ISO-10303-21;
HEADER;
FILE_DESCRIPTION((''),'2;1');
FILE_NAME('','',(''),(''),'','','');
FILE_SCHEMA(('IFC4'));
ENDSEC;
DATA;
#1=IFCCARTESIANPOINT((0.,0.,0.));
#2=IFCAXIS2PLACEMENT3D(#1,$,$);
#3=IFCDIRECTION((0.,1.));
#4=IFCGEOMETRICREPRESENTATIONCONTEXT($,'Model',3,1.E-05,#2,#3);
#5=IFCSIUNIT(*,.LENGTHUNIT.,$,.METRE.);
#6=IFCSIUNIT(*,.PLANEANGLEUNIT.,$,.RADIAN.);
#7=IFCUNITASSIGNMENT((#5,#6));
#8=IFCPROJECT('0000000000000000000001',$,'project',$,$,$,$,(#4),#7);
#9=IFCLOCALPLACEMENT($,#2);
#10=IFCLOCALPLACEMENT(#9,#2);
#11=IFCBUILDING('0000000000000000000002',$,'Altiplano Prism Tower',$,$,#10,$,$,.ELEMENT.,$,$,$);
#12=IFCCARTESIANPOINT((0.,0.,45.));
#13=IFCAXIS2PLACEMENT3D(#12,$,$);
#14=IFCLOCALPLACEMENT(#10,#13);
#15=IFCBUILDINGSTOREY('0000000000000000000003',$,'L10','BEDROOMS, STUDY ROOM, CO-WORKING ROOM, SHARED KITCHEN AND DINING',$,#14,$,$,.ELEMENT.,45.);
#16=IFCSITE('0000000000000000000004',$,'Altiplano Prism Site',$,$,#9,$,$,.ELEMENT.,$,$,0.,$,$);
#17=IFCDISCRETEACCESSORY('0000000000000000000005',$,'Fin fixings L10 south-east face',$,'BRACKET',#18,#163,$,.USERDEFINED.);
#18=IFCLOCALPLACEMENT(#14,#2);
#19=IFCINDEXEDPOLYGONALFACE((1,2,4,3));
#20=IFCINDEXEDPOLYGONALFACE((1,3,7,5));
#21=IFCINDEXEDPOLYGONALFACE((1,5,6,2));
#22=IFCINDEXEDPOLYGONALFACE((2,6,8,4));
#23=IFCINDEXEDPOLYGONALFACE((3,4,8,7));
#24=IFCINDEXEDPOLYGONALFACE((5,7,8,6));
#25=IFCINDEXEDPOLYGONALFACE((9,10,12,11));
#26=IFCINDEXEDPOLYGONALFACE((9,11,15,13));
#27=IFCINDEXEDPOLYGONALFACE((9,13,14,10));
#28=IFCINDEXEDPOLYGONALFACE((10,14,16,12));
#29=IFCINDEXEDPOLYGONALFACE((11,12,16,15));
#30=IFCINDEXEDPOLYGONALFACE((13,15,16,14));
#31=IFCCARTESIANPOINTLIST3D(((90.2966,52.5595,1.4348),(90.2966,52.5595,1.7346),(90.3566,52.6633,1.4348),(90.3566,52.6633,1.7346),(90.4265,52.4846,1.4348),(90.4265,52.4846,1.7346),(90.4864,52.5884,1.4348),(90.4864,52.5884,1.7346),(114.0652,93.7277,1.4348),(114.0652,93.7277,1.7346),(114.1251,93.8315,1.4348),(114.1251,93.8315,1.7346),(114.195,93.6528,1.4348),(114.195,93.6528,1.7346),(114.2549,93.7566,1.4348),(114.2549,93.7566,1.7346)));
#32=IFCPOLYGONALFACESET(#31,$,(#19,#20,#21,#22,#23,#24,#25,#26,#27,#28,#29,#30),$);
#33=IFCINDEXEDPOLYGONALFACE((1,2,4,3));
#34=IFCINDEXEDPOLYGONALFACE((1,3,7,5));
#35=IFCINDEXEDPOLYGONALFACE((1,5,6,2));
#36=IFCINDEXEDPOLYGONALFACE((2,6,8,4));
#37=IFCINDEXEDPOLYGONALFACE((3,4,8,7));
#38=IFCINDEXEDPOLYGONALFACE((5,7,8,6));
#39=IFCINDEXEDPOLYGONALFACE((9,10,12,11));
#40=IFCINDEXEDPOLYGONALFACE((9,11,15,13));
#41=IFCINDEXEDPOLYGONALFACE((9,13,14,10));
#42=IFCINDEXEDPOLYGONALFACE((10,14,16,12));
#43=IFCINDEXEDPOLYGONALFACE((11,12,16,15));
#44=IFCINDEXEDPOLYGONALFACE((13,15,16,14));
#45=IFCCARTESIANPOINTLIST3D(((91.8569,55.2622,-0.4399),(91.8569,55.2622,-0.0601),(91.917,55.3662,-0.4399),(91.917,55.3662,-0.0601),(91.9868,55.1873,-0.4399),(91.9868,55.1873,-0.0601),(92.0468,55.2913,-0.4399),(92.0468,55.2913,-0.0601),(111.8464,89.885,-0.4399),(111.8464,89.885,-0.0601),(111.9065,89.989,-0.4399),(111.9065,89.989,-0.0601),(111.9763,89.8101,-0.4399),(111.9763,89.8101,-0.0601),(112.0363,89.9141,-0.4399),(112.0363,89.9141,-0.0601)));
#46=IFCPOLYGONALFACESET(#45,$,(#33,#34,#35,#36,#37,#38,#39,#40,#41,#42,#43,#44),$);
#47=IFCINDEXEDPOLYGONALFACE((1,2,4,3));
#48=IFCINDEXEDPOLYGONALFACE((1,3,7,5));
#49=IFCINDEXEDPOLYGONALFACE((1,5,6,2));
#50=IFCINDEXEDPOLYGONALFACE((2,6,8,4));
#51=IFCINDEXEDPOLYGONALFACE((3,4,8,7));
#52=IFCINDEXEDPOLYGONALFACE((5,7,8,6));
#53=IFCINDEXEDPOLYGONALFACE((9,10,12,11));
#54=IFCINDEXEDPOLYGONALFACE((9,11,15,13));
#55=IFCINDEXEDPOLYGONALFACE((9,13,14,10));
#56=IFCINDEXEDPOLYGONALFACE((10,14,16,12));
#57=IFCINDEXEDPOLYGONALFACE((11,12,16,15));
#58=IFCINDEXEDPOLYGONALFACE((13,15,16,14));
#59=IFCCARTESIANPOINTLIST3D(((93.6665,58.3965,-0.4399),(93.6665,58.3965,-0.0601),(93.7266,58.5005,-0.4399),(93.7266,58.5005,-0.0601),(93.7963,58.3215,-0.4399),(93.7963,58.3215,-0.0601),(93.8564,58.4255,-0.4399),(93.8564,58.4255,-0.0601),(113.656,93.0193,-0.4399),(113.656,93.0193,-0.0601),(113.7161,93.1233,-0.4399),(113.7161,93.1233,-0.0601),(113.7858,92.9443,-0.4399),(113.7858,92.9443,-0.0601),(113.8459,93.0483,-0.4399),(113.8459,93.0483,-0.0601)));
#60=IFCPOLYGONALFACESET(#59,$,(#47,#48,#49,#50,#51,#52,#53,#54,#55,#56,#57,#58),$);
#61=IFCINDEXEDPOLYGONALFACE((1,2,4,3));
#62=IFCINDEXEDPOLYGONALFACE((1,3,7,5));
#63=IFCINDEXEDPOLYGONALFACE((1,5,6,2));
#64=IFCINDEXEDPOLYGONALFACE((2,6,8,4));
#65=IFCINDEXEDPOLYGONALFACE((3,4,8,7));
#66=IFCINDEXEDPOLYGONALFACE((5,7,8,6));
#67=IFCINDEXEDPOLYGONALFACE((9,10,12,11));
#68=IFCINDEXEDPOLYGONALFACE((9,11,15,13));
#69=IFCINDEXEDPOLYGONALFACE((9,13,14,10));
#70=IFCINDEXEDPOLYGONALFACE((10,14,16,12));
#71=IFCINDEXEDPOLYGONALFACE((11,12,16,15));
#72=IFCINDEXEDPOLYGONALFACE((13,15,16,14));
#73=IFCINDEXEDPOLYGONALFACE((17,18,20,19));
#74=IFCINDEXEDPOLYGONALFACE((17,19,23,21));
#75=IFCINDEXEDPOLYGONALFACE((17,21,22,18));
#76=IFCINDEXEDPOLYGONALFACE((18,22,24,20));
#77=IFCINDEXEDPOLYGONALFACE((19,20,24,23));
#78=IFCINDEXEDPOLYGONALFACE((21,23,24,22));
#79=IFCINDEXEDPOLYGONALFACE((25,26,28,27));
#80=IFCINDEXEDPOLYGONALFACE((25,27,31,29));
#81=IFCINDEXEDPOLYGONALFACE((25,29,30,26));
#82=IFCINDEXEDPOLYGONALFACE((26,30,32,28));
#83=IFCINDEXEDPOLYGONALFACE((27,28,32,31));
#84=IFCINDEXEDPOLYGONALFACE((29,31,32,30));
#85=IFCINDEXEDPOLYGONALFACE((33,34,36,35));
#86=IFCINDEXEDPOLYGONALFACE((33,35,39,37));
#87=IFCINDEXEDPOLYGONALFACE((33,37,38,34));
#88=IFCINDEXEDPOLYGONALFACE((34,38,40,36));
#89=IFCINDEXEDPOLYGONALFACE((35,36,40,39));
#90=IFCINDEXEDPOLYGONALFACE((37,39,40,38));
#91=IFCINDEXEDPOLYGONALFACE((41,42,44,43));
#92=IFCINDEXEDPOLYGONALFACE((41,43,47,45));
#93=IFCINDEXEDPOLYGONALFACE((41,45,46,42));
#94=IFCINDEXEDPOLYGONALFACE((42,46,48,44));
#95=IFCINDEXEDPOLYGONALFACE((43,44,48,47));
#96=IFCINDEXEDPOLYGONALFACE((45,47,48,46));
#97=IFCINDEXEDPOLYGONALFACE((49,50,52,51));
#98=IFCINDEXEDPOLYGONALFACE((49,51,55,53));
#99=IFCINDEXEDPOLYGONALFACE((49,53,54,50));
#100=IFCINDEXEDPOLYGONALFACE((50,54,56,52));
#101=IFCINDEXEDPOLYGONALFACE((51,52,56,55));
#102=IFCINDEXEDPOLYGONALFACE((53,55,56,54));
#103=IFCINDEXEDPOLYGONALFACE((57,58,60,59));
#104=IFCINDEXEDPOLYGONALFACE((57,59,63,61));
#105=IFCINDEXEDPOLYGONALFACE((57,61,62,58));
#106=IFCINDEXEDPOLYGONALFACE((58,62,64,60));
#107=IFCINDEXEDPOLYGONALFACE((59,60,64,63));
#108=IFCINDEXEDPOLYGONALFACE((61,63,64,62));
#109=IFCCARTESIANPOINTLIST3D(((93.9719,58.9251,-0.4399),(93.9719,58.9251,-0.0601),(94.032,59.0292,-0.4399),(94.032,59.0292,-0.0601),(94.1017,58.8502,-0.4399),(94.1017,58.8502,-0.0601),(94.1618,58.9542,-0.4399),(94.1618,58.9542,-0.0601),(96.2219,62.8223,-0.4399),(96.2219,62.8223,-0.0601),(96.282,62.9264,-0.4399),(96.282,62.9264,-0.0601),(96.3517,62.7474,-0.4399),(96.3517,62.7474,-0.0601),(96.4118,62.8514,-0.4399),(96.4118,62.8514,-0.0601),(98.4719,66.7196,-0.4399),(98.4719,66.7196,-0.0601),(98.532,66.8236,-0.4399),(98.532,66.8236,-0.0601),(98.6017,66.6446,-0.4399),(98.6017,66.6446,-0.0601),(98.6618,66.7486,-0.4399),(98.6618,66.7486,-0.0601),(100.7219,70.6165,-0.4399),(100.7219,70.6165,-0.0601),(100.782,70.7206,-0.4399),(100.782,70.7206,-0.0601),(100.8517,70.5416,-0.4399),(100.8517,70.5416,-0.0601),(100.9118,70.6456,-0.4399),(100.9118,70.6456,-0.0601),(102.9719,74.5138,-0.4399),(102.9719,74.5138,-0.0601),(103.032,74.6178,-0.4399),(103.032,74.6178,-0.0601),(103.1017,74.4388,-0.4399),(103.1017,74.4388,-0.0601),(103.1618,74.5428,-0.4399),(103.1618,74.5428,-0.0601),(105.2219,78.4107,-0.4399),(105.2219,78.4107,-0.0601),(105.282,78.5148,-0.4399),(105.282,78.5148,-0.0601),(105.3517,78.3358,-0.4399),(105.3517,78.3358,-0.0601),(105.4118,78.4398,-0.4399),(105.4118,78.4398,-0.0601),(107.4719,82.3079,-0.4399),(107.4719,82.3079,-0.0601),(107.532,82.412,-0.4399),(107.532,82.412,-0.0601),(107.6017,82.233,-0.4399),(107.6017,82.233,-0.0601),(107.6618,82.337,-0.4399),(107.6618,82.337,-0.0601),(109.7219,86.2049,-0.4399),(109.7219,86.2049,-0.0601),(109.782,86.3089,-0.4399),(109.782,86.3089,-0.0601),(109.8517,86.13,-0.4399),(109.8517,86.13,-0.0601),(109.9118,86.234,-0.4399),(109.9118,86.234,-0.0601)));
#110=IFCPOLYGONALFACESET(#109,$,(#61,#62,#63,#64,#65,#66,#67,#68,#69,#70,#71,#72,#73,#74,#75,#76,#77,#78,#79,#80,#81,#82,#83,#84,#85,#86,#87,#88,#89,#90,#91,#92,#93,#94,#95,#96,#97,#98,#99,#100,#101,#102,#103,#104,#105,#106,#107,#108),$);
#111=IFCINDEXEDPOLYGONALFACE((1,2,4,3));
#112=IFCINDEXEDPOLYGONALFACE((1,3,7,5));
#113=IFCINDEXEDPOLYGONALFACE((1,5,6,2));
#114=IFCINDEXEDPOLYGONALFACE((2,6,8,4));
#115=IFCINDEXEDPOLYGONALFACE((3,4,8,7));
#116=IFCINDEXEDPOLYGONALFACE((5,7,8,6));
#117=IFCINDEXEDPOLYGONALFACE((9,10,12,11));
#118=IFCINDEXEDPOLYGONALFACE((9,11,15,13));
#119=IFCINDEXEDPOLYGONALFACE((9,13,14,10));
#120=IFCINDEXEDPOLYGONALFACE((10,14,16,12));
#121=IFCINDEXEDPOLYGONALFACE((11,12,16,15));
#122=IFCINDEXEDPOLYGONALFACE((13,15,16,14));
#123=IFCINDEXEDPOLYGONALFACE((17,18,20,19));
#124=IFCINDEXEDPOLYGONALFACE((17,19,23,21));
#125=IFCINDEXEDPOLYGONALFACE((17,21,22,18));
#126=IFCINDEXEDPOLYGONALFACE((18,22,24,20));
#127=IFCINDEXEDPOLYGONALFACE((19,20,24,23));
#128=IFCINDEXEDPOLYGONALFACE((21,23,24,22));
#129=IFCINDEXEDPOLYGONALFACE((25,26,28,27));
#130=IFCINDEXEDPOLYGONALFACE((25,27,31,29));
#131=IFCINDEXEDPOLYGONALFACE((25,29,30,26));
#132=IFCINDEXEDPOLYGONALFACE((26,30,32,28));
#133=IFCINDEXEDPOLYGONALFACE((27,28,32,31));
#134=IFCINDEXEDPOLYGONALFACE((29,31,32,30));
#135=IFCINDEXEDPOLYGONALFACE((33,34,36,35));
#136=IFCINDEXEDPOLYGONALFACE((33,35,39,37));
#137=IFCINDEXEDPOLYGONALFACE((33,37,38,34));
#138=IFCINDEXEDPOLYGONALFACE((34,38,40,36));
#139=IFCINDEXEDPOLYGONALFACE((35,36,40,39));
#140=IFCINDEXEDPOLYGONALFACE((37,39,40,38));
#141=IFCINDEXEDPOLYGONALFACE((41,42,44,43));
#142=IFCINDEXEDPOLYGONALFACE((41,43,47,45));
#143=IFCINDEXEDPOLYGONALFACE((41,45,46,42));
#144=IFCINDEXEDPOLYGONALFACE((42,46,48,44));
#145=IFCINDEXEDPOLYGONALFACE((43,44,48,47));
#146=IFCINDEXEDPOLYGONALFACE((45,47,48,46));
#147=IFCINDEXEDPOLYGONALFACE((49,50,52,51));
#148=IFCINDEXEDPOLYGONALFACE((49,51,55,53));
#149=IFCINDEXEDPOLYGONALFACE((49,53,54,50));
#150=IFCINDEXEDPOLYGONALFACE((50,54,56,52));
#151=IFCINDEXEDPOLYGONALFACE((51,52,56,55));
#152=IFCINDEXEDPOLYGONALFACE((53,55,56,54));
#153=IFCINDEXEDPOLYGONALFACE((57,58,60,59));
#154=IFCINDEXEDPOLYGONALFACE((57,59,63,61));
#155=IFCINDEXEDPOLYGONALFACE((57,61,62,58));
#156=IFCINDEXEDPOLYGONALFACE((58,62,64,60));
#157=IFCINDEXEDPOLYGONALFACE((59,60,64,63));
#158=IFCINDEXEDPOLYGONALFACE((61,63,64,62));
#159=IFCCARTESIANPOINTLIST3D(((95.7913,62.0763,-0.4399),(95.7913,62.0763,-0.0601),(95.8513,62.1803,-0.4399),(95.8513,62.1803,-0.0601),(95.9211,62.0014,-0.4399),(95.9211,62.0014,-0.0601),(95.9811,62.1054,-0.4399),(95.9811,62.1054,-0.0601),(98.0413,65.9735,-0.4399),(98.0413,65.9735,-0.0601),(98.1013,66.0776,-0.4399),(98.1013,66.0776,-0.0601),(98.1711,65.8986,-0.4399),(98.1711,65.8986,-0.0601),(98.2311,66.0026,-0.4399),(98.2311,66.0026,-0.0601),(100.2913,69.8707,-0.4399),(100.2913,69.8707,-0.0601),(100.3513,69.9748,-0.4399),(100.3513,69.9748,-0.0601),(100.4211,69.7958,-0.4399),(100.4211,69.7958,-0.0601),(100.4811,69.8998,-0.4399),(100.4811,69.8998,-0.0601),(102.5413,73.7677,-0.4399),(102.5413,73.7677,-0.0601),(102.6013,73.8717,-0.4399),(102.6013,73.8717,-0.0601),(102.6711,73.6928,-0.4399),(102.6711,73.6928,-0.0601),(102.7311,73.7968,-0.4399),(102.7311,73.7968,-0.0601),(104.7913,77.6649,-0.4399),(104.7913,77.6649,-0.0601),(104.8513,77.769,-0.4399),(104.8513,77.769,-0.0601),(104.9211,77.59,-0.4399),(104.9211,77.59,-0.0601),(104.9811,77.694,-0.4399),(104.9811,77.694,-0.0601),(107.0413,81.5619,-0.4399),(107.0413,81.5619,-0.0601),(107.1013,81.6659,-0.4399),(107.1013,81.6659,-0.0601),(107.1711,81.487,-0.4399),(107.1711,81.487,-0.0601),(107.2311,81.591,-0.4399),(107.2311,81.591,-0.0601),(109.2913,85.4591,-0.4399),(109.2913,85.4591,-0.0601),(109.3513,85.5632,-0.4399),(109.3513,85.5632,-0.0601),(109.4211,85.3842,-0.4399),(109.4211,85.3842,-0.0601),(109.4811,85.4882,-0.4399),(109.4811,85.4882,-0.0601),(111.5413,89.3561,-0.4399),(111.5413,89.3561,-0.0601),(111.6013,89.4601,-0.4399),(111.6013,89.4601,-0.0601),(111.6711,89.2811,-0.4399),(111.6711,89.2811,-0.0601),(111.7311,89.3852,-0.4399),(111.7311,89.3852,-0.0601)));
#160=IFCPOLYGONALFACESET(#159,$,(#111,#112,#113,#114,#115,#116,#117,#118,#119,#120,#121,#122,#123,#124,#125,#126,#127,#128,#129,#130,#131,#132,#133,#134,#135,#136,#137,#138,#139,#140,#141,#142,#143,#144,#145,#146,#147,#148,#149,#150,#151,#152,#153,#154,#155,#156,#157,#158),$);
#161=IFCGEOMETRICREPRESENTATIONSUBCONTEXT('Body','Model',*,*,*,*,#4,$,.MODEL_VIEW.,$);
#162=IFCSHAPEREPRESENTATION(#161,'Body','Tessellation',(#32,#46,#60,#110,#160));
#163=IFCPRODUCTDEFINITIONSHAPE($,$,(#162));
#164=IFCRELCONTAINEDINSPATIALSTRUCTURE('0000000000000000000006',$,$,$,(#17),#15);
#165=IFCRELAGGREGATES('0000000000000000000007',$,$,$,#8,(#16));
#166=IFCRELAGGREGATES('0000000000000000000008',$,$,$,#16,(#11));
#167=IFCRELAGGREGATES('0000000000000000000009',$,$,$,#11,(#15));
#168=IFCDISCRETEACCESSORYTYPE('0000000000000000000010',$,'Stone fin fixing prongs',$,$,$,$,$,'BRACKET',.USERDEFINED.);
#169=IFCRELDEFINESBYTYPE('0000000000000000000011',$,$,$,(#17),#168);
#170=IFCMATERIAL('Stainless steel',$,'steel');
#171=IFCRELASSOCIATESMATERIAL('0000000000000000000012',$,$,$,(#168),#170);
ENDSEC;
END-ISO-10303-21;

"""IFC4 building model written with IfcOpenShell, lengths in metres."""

from ifc_helpers import new_model, si_unit, direction, frame, origin, place, context, subcontext, project, spatial, polyline, outline, extrude, source, transform, mapped, material, type_object, element, save


model = new_model("IFC4")

# Units and contexts
model_context = context("Model", 3, precision=1e-05, world=origin(), true_north=direction((0.0, 1.0)))
body_context = subcontext(model_context, "Body", "Model", "MODEL_VIEW")
ifc_project = project(units=[si_unit("LENGTHUNIT", "METRE"), si_unit("PLANEANGLEUNIT", "RADIAN")], contexts=[model_context])

# Site, building, storey
site_placement = place(None, origin())
site = spatial("IfcSite", under=ifc_project, at=site_placement, Name="Altiplano Prism Site", CompositionType="ELEMENT", RefElevation=0.0)
building_placement = place(site_placement, origin())
building = spatial("IfcBuilding", under=site, at=building_placement, Name="Altiplano Prism Tower", CompositionType="ELEMENT")
storey_placement = place(building_placement, frame((0.0, 0.0, 45.0)))
storey = spatial("IfcBuildingStorey", under=building, at=storey_placement, Name="L10", Description="BEDROOMS, STUDY ROOM, CO-WORKING ROOM, SHARED KITCHEN AND DINING", CompositionType="ELEMENT", Elevation=45.0)

# Discrete accessory
ifc_material_1 = material(Name="Stainless steel", Category="steel")
discrete_accessory_type = type_object("IfcDiscreteAccessoryType", Name="Stone fin fixing prongs", ElementType="BRACKET", PredefinedType="USERDEFINED", material=ifc_material_1)
shared_shape_1 = source(origin(), body_context, "Body", "SweptSolid", [
    extrude(outline(polyline([(-1.2114, 1.9348), (-1.0916, 1.9348), (-1.0916, 2.2346), (-1.2114, 2.2346), (-1.2114, 1.9348)])), frame((0.0, 0.0, 0.0), z_axis=(0.0, -1.0, 0.0), x_axis=(1.0, 0.0, 0.0)), (0.0, 0.0, 1.0), 0.1499),
])
shared_shape_2 = source(origin(), body_context, "Body", "SweptSolid", [
    extrude(outline(polyline([(-1.8696, 0.0601), (-1.7495, 0.0601), (-1.7495, 0.4399), (-1.8696, 0.4399), (-1.8696, 0.0601)])), frame((0.0, 0.0, 0.0), z_axis=(0.0, -1.0, 0.0), x_axis=(1.0, 0.0, 0.0)), (0.0, 0.0, 1.0), 0.1499),
    extrude(outline(polyline([(1.7495, 0.0601), (1.8696, 0.0601), (1.8696, 0.4399), (1.7495, 0.4399), (1.7495, 0.0601)])), frame((0.0, 0.0, 0.0), z_axis=(0.0, -1.0, 0.0), x_axis=(1.0, 0.0, 0.0)), (0.0, 0.0, 1.0), 0.1499),
])
shared_shape_3 = source(origin(), body_context, "Body", "SweptSolid", [
    extrude(outline(polyline([(-1.8794, 0.0601), (-1.7593, 0.0601), (-1.7593, 0.4399), (-1.8794, 0.4399), (-1.8794, 0.0601)])), frame((0.0, 0.0, 0.0), z_axis=(0.0, -1.0, 0.0), x_axis=(1.0, 0.0, 0.0)), (0.0, 0.0, 1.0), 0.1499),
    extrude(outline(polyline([(1.7593, 0.0601), (1.8794, 0.0601), (1.8794, 0.4399), (1.7593, 0.4399), (1.7593, 0.0601)])), frame((0.0, 0.0, 0.0), z_axis=(0.0, -1.0, 0.0), x_axis=(1.0, 0.0, 0.0)), (0.0, 0.0, 1.0), 0.1499),
])
discrete_accessory_1_placement = place(storey_placement, origin())
element("IfcDiscreteAccessory", 1, at=discrete_accessory_1_placement, inside=storey, type_object=discrete_accessory_type, Name="Fin fixings L10 south-east face", ObjectType="BRACKET", PredefinedType="USERDEFINED", context=body_context, shape_type="MappedRepresentation", body=[
    mapped(shared_shape_1, transform((90.9023, 53.6086, -0.5), x_axis=(0.5, 0.866025, 0.0), y_axis=(-0.866025, 0.5, 0.0), z_axis=(0.0, 0.0, 1.0))),
    mapped(shared_shape_2, transform((92.7917, 56.8813, -0.5), x_axis=(0.5, 0.866025, 0.0), y_axis=(-0.866025, 0.5, 0.0), z_axis=(0.0, 0.0, 1.0))),
    mapped(shared_shape_3, transform((94.9116, 60.5527, -0.5), x_axis=(0.5, 0.866025, 0.0), y_axis=(-0.866025, 0.5, 0.0), z_axis=(0.0, 0.0, 1.0))),
    mapped(shared_shape_3, transform((97.1616, 64.45, -0.5), x_axis=(0.5, 0.866025, 0.0), y_axis=(-0.866025, 0.5, 0.0), z_axis=(0.0, 0.0, 1.0))),
    mapped(shared_shape_3, transform((99.4116, 68.3472, -0.5), x_axis=(0.5, 0.866025, 0.0), y_axis=(-0.866025, 0.5, 0.0), z_axis=(0.0, 0.0, 1.0))),
    mapped(shared_shape_3, transform((101.6616, 72.2441, -0.5), x_axis=(0.5, 0.866025, 0.0), y_axis=(-0.866025, 0.5, 0.0), z_axis=(0.0, 0.0, 1.0))),
    mapped(shared_shape_3, transform((103.9116, 76.1414, -0.5), x_axis=(0.5, 0.866025, 0.0), y_axis=(-0.866025, 0.5, 0.0), z_axis=(0.0, 0.0, 1.0))),
    mapped(shared_shape_3, transform((106.1616, 80.0383, -0.5), x_axis=(0.5, 0.866025, 0.0), y_axis=(-0.866025, 0.5, 0.0), z_axis=(0.0, 0.0, 1.0))),
    mapped(shared_shape_3, transform((108.4116, 83.9355, -0.5), x_axis=(0.5, 0.866025, 0.0), y_axis=(-0.866025, 0.5, 0.0), z_axis=(0.0, 0.0, 1.0))),
    mapped(shared_shape_3, transform((110.6616, 87.8325, -0.5), x_axis=(0.5, 0.866025, 0.0), y_axis=(-0.866025, 0.5, 0.0), z_axis=(0.0, 0.0, 1.0))),
    mapped(shared_shape_2, transform((112.7812, 91.5042, -0.5), x_axis=(0.5, 0.866025, 0.0), y_axis=(-0.866025, 0.5, 0.0), z_axis=(0.0, 0.0, 1.0))),
    mapped(shared_shape_1, transform((114.6709, 94.7769, -0.5), x_axis=(0.5, 0.866025, 0.0), y_axis=(-0.866025, 0.5, 0.0), z_axis=(0.0, 0.0, 1.0))),
])

save(model, "model.ifc")
